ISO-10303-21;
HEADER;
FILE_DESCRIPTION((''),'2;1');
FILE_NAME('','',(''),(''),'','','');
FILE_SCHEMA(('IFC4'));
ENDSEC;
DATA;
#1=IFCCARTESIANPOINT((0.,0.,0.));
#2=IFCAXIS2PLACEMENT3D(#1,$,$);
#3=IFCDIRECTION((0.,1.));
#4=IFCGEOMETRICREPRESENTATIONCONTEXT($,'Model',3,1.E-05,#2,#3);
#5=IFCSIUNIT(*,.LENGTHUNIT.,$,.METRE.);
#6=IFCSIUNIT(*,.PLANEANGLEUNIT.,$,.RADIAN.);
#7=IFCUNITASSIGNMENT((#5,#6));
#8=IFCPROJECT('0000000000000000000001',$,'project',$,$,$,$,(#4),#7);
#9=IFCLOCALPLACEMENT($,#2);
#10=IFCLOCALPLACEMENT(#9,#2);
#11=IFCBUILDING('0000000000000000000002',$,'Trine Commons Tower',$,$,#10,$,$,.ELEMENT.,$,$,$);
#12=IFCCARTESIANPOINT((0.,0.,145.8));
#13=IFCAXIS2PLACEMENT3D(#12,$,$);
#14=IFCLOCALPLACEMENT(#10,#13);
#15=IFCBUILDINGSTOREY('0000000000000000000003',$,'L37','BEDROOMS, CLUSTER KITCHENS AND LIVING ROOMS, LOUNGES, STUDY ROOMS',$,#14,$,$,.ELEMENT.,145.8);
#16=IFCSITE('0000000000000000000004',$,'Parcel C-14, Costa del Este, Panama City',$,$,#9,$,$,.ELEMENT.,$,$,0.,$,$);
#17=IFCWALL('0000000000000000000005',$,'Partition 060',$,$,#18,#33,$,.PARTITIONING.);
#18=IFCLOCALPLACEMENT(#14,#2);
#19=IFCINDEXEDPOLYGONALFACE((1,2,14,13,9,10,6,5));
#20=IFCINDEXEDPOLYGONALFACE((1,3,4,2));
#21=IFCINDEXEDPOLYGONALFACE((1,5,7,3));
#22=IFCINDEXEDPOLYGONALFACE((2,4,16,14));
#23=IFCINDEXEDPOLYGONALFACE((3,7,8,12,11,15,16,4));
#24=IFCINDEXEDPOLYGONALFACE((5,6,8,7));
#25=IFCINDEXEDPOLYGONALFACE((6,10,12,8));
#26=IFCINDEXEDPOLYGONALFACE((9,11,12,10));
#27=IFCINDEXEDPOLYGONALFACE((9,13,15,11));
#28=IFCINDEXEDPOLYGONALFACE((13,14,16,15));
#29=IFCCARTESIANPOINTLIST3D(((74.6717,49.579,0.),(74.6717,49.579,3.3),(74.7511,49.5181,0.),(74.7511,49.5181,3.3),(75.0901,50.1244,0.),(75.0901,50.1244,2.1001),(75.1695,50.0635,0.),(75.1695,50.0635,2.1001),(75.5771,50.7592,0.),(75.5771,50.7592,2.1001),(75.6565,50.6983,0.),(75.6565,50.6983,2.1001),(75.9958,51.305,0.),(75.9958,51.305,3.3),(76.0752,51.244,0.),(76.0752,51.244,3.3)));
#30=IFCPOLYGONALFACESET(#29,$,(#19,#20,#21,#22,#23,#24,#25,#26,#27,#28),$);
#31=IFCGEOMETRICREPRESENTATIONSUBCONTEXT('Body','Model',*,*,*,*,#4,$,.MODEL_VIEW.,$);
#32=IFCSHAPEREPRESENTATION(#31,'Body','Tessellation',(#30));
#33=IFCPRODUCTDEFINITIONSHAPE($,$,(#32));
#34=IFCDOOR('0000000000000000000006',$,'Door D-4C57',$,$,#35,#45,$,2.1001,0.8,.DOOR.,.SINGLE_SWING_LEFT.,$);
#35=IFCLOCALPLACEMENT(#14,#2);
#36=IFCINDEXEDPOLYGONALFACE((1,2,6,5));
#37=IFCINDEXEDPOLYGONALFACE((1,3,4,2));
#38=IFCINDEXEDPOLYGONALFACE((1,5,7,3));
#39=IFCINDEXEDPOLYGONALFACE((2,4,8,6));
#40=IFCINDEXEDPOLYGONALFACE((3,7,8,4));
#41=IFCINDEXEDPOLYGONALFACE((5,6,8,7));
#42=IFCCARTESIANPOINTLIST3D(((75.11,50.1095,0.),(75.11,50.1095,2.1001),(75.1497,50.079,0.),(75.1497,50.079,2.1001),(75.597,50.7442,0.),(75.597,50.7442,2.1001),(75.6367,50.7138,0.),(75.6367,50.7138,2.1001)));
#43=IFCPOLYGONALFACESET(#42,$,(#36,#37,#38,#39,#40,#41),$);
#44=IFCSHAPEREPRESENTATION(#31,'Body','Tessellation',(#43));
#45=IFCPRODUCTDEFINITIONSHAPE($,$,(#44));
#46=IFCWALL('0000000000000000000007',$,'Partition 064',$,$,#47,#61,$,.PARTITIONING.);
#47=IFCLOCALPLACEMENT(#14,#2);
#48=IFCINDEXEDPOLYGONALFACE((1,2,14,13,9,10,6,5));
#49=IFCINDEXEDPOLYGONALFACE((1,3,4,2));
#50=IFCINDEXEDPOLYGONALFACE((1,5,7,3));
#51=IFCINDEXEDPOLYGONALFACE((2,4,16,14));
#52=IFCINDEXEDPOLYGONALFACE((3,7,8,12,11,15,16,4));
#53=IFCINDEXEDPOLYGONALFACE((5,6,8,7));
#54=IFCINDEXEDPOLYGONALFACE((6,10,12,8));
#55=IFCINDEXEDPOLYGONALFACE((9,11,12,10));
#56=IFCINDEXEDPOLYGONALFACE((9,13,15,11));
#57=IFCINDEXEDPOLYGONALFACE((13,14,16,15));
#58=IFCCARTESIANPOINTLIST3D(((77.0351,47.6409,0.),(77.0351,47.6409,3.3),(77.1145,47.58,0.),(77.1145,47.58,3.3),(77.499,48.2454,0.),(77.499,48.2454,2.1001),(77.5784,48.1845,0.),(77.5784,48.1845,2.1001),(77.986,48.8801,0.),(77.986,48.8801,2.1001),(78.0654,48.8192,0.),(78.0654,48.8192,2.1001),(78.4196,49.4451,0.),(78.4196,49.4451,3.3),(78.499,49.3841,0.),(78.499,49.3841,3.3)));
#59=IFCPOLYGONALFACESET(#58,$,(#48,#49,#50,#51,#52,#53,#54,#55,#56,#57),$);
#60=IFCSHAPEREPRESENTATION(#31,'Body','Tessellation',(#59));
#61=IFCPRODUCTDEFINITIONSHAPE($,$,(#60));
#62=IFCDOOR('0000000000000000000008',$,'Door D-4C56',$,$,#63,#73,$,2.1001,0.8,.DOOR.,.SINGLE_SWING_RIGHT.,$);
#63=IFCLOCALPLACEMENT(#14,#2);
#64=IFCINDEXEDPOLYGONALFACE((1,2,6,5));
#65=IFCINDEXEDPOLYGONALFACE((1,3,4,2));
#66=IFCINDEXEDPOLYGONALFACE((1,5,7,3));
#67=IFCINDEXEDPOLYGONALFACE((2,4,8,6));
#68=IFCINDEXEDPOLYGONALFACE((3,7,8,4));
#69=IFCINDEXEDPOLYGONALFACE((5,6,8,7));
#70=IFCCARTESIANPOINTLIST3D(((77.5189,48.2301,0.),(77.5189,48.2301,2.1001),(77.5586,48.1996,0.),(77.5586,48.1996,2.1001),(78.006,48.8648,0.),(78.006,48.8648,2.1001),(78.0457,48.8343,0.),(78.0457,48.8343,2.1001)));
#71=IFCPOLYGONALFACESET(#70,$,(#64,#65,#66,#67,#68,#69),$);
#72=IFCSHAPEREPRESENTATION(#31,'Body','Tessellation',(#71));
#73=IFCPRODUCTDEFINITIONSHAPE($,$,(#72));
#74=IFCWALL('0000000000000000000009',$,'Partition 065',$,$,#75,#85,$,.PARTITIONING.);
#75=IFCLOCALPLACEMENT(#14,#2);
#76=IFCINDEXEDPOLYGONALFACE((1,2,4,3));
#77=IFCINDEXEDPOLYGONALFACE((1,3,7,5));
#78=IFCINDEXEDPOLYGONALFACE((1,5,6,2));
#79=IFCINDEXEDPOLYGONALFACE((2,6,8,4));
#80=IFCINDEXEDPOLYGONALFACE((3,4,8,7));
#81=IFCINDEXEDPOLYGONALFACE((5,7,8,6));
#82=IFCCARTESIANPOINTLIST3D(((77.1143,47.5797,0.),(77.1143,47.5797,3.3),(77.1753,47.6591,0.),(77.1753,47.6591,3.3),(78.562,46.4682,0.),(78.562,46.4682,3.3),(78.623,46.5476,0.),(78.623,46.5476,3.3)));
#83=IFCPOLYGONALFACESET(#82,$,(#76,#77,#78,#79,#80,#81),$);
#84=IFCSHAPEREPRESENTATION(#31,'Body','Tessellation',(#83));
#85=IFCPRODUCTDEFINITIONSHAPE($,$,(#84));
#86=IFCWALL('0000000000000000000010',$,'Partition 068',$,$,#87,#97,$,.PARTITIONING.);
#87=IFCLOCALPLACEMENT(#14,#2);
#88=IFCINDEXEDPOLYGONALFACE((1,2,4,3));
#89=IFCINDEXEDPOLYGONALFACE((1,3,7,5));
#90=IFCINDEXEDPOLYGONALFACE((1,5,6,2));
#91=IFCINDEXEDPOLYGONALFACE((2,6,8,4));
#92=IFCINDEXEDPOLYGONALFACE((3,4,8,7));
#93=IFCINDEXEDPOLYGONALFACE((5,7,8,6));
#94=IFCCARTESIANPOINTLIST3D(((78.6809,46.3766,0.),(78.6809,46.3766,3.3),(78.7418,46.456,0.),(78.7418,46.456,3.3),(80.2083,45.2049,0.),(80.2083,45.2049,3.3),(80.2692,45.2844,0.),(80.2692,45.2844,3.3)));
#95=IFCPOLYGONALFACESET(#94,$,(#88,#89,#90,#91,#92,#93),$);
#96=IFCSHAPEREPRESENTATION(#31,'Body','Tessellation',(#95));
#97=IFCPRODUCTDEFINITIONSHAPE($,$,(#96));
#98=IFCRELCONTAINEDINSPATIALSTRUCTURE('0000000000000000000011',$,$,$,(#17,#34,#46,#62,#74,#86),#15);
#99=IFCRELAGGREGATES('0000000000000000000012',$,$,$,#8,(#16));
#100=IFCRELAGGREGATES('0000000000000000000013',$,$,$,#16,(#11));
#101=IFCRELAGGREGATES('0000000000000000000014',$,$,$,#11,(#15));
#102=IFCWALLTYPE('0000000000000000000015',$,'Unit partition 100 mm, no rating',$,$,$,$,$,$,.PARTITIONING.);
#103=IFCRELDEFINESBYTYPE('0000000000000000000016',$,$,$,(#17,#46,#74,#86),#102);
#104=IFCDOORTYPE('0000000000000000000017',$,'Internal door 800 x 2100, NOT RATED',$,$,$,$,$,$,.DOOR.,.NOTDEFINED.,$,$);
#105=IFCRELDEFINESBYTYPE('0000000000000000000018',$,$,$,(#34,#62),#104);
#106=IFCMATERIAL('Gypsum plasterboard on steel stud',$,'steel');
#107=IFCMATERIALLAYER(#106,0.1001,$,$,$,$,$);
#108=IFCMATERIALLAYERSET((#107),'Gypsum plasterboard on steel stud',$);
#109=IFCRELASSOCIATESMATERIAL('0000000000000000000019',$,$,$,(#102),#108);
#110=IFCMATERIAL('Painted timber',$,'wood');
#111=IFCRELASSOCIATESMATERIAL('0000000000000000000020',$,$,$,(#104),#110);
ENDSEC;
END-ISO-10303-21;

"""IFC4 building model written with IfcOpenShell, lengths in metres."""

from ifc_helpers import new_model, si_unit, direction, frame, frame_2d, origin, place, context, subcontext, project, spatial, rectangle, extrude, material, layer, layer_set, type_object, element, fill, save


model = new_model("IFC4")

# Units and contexts
model_context = context("Model", 3, precision=1e-05, world=origin(), true_north=direction((0.0, 1.0)))
body_context = subcontext(model_context, "Body", "Model", "MODEL_VIEW")
ifc_project = project(units=[si_unit("LENGTHUNIT", "METRE"), si_unit("PLANEANGLEUNIT", "RADIAN")], contexts=[model_context])

# Site, building, storey
site_placement = place(None, origin())
site = spatial("IfcSite", under=ifc_project, at=site_placement, Name="Parcel C-14, Costa del Este, Panama City", CompositionType="ELEMENT", RefElevation=0.0)
building_placement = place(site_placement, origin())
building = spatial("IfcBuilding", under=site, at=building_placement, Name="Trine Commons Tower", CompositionType="ELEMENT")
storey_placement = place(building_placement, frame((0.0, 0.0, 145.8)))
storey = spatial("IfcBuildingStorey", under=building, at=storey_placement, Name="L37", Description="BEDROOMS, CLUSTER KITCHENS AND LIVING ROOMS, LOUNGES, STUDY ROOMS", CompositionType="ELEMENT", Elevation=145.8)

# Shared definitions
ifc_material_1 = material(Name="Gypsum plasterboard on steel stud", Category="steel")
ifc_material_2 = material(Name="Painted timber", Category="wood")

# Walls, openings, doors
ifc_layer_1 = layer(ifc_material_1, 0.1001)
ifc_layer_set_1 = layer_set([ifc_layer_1], Name="Gypsum plasterboard on steel stud")
wall_type_1 = type_object("IfcWallType", Name="Unit partition 100 mm, no rating", PredefinedType="PARTITIONING", material=ifc_layer_set_1)
wall_1_placement = place(storey_placement, frame((74.7114, 49.5486, 0.0), z_axis=(0.0, 0.0, 1.0), x_axis=(0.608674, 0.79342, 0.0)))
wall_1 = element("IfcWall", 1, at=wall_1_placement, inside=storey, type_object=wall_type_1, Name="Partition 060", PredefinedType="PARTITIONING", context=body_context, shape_type="SweptSolid", body=[
    extrude(rectangle(XDim=2.1753, YDim=0.1001, at=frame_2d((1.0876, 0.0))), origin(), (0.0, 0.0, 1.0), 3.3),
])
opening_1_placement = place(wall_1_placement, frame((0.6875, 0.0, 0.0)))
opening_1 = element("IfcOpeningElement", 2, at=opening_1_placement, cuts=wall_1, PredefinedType="OPENING", context=body_context, shape_type="SweptSolid", body=[
    extrude(rectangle(XDim=0.8, YDim=2.1001, at=frame_2d((0.3999, 1.05))), frame((0.0, 0.0601, 0.0), z_axis=(0.0, -1.0, 0.0), x_axis=(1.0, 0.0, 0.0)), (0.0, 0.0, 1.0), 0.1201),
])
door_type_1 = type_object("IfcDoorType", Name="Internal door 800 x 2100, NOT RATED", OperationType="NOTDEFINED", PredefinedType="DOOR", material=ifc_material_2)
door_1_placement = place(opening_1_placement, frame((0.8, 0.0, 0.0), z_axis=(0.0, 0.0, 1.0), x_axis=(-1.0, 0.0, 0.0)))
door_1 = element("IfcDoor", 3, at=door_1_placement, inside=storey, type_object=door_type_1, Name="Door D-4C57", OperationType="SINGLE_SWING_LEFT", OverallHeight=2.1001, OverallWidth=0.8, PredefinedType="DOOR", context=body_context, shape_type="SweptSolid", body=[
    extrude(rectangle(XDim=0.8, YDim=2.1001, at=frame_2d((0.3999, 1.05))), frame((0.0, 0.0249, 0.0), z_axis=(0.0, -1.0, 0.0), x_axis=(1.0, 0.0, 0.0)), (0.0, 0.0, 1.0), 0.05),
])
fill(opening_1, door_1)
wall_2_placement = place(storey_placement, frame((77.0747, 47.6104, 0.0), z_axis=(0.0, 0.0, 1.0), x_axis=(0.608792, 0.79333, 0.0)))
wall_2 = element("IfcWall", 4, at=wall_2_placement, inside=storey, type_object=wall_type_1, Name="Partition 064", PredefinedType="PARTITIONING", context=body_context, shape_type="SweptSolid", body=[
    extrude(rectangle(XDim=2.2742, YDim=0.1001, at=frame_2d((1.1372, 0.0))), origin(), (0.0, 0.0, 1.0), 3.3),
])
opening_2_placement = place(wall_2_placement, frame((0.7622, 0.0, 0.0)))
opening_2 = element("IfcOpeningElement", 5, at=opening_2_placement, cuts=wall_2, PredefinedType="OPENING", context=body_context, shape_type="SweptSolid", body=[
    extrude(rectangle(XDim=0.8, YDim=2.1001, at=frame_2d((0.3999, 1.05))), frame((0.0, 0.0601, 0.0), z_axis=(0.0, -1.0, 0.0), x_axis=(1.0, 0.0, 0.0)), (0.0, 0.0, 1.0), 0.1201),
])
door_2_placement = place(opening_2_placement, origin())
door_2 = element("IfcDoor", 6, at=door_2_placement, inside=storey, type_object=door_type_1, Name="Door D-4C56", OperationType="SINGLE_SWING_RIGHT", OverallHeight=2.1001, OverallWidth=0.8, PredefinedType="DOOR", context=body_context, shape_type="SweptSolid", body=[
    extrude(rectangle(XDim=0.8, YDim=2.1001, at=frame_2d((0.3999, 1.05))), frame((0.0, 0.0249, 0.0), z_axis=(0.0, -1.0, 0.0), x_axis=(1.0, 0.0, 0.0)), (0.0, 0.0, 1.0), 0.05),
])
fill(opening_2, door_2)

# Walls
wall_3_placement = place(storey_placement, frame((77.1448, 47.6194, 0.0), z_axis=(0.0, 0.0, 1.0), x_axis=(0.793176, -0.608993, 0.0)))
element("IfcWall", 7, at=wall_3_placement, inside=storey, type_object=wall_type_1, Name="Partition 065", PredefinedType="PARTITIONING", context=body_context, shape_type="SweptSolid", body=[
    extrude(rectangle(XDim=1.8252, YDim=0.1001, at=frame_2d((0.9126, 0.0))), origin(), (0.0, 0.0, 1.0), 3.3),
])
wall_4_placement = place(storey_placement, frame((78.7114, 46.4163, 0.0), z_axis=(0.0, 0.0, 1.0), x_axis=(0.793439, -0.60865, 0.0)))
element("IfcWall", 8, at=wall_4_placement, inside=storey, type_object=wall_type_1, Name="Partition 068", PredefinedType="PARTITIONING", context=body_context, shape_type="SweptSolid", body=[
    extrude(rectangle(XDim=1.925, YDim=0.1001, at=frame_2d((0.9624, 0.0))), origin(), (0.0, 0.0, 1.0), 3.3),
])

save(model, "model.ifc")
